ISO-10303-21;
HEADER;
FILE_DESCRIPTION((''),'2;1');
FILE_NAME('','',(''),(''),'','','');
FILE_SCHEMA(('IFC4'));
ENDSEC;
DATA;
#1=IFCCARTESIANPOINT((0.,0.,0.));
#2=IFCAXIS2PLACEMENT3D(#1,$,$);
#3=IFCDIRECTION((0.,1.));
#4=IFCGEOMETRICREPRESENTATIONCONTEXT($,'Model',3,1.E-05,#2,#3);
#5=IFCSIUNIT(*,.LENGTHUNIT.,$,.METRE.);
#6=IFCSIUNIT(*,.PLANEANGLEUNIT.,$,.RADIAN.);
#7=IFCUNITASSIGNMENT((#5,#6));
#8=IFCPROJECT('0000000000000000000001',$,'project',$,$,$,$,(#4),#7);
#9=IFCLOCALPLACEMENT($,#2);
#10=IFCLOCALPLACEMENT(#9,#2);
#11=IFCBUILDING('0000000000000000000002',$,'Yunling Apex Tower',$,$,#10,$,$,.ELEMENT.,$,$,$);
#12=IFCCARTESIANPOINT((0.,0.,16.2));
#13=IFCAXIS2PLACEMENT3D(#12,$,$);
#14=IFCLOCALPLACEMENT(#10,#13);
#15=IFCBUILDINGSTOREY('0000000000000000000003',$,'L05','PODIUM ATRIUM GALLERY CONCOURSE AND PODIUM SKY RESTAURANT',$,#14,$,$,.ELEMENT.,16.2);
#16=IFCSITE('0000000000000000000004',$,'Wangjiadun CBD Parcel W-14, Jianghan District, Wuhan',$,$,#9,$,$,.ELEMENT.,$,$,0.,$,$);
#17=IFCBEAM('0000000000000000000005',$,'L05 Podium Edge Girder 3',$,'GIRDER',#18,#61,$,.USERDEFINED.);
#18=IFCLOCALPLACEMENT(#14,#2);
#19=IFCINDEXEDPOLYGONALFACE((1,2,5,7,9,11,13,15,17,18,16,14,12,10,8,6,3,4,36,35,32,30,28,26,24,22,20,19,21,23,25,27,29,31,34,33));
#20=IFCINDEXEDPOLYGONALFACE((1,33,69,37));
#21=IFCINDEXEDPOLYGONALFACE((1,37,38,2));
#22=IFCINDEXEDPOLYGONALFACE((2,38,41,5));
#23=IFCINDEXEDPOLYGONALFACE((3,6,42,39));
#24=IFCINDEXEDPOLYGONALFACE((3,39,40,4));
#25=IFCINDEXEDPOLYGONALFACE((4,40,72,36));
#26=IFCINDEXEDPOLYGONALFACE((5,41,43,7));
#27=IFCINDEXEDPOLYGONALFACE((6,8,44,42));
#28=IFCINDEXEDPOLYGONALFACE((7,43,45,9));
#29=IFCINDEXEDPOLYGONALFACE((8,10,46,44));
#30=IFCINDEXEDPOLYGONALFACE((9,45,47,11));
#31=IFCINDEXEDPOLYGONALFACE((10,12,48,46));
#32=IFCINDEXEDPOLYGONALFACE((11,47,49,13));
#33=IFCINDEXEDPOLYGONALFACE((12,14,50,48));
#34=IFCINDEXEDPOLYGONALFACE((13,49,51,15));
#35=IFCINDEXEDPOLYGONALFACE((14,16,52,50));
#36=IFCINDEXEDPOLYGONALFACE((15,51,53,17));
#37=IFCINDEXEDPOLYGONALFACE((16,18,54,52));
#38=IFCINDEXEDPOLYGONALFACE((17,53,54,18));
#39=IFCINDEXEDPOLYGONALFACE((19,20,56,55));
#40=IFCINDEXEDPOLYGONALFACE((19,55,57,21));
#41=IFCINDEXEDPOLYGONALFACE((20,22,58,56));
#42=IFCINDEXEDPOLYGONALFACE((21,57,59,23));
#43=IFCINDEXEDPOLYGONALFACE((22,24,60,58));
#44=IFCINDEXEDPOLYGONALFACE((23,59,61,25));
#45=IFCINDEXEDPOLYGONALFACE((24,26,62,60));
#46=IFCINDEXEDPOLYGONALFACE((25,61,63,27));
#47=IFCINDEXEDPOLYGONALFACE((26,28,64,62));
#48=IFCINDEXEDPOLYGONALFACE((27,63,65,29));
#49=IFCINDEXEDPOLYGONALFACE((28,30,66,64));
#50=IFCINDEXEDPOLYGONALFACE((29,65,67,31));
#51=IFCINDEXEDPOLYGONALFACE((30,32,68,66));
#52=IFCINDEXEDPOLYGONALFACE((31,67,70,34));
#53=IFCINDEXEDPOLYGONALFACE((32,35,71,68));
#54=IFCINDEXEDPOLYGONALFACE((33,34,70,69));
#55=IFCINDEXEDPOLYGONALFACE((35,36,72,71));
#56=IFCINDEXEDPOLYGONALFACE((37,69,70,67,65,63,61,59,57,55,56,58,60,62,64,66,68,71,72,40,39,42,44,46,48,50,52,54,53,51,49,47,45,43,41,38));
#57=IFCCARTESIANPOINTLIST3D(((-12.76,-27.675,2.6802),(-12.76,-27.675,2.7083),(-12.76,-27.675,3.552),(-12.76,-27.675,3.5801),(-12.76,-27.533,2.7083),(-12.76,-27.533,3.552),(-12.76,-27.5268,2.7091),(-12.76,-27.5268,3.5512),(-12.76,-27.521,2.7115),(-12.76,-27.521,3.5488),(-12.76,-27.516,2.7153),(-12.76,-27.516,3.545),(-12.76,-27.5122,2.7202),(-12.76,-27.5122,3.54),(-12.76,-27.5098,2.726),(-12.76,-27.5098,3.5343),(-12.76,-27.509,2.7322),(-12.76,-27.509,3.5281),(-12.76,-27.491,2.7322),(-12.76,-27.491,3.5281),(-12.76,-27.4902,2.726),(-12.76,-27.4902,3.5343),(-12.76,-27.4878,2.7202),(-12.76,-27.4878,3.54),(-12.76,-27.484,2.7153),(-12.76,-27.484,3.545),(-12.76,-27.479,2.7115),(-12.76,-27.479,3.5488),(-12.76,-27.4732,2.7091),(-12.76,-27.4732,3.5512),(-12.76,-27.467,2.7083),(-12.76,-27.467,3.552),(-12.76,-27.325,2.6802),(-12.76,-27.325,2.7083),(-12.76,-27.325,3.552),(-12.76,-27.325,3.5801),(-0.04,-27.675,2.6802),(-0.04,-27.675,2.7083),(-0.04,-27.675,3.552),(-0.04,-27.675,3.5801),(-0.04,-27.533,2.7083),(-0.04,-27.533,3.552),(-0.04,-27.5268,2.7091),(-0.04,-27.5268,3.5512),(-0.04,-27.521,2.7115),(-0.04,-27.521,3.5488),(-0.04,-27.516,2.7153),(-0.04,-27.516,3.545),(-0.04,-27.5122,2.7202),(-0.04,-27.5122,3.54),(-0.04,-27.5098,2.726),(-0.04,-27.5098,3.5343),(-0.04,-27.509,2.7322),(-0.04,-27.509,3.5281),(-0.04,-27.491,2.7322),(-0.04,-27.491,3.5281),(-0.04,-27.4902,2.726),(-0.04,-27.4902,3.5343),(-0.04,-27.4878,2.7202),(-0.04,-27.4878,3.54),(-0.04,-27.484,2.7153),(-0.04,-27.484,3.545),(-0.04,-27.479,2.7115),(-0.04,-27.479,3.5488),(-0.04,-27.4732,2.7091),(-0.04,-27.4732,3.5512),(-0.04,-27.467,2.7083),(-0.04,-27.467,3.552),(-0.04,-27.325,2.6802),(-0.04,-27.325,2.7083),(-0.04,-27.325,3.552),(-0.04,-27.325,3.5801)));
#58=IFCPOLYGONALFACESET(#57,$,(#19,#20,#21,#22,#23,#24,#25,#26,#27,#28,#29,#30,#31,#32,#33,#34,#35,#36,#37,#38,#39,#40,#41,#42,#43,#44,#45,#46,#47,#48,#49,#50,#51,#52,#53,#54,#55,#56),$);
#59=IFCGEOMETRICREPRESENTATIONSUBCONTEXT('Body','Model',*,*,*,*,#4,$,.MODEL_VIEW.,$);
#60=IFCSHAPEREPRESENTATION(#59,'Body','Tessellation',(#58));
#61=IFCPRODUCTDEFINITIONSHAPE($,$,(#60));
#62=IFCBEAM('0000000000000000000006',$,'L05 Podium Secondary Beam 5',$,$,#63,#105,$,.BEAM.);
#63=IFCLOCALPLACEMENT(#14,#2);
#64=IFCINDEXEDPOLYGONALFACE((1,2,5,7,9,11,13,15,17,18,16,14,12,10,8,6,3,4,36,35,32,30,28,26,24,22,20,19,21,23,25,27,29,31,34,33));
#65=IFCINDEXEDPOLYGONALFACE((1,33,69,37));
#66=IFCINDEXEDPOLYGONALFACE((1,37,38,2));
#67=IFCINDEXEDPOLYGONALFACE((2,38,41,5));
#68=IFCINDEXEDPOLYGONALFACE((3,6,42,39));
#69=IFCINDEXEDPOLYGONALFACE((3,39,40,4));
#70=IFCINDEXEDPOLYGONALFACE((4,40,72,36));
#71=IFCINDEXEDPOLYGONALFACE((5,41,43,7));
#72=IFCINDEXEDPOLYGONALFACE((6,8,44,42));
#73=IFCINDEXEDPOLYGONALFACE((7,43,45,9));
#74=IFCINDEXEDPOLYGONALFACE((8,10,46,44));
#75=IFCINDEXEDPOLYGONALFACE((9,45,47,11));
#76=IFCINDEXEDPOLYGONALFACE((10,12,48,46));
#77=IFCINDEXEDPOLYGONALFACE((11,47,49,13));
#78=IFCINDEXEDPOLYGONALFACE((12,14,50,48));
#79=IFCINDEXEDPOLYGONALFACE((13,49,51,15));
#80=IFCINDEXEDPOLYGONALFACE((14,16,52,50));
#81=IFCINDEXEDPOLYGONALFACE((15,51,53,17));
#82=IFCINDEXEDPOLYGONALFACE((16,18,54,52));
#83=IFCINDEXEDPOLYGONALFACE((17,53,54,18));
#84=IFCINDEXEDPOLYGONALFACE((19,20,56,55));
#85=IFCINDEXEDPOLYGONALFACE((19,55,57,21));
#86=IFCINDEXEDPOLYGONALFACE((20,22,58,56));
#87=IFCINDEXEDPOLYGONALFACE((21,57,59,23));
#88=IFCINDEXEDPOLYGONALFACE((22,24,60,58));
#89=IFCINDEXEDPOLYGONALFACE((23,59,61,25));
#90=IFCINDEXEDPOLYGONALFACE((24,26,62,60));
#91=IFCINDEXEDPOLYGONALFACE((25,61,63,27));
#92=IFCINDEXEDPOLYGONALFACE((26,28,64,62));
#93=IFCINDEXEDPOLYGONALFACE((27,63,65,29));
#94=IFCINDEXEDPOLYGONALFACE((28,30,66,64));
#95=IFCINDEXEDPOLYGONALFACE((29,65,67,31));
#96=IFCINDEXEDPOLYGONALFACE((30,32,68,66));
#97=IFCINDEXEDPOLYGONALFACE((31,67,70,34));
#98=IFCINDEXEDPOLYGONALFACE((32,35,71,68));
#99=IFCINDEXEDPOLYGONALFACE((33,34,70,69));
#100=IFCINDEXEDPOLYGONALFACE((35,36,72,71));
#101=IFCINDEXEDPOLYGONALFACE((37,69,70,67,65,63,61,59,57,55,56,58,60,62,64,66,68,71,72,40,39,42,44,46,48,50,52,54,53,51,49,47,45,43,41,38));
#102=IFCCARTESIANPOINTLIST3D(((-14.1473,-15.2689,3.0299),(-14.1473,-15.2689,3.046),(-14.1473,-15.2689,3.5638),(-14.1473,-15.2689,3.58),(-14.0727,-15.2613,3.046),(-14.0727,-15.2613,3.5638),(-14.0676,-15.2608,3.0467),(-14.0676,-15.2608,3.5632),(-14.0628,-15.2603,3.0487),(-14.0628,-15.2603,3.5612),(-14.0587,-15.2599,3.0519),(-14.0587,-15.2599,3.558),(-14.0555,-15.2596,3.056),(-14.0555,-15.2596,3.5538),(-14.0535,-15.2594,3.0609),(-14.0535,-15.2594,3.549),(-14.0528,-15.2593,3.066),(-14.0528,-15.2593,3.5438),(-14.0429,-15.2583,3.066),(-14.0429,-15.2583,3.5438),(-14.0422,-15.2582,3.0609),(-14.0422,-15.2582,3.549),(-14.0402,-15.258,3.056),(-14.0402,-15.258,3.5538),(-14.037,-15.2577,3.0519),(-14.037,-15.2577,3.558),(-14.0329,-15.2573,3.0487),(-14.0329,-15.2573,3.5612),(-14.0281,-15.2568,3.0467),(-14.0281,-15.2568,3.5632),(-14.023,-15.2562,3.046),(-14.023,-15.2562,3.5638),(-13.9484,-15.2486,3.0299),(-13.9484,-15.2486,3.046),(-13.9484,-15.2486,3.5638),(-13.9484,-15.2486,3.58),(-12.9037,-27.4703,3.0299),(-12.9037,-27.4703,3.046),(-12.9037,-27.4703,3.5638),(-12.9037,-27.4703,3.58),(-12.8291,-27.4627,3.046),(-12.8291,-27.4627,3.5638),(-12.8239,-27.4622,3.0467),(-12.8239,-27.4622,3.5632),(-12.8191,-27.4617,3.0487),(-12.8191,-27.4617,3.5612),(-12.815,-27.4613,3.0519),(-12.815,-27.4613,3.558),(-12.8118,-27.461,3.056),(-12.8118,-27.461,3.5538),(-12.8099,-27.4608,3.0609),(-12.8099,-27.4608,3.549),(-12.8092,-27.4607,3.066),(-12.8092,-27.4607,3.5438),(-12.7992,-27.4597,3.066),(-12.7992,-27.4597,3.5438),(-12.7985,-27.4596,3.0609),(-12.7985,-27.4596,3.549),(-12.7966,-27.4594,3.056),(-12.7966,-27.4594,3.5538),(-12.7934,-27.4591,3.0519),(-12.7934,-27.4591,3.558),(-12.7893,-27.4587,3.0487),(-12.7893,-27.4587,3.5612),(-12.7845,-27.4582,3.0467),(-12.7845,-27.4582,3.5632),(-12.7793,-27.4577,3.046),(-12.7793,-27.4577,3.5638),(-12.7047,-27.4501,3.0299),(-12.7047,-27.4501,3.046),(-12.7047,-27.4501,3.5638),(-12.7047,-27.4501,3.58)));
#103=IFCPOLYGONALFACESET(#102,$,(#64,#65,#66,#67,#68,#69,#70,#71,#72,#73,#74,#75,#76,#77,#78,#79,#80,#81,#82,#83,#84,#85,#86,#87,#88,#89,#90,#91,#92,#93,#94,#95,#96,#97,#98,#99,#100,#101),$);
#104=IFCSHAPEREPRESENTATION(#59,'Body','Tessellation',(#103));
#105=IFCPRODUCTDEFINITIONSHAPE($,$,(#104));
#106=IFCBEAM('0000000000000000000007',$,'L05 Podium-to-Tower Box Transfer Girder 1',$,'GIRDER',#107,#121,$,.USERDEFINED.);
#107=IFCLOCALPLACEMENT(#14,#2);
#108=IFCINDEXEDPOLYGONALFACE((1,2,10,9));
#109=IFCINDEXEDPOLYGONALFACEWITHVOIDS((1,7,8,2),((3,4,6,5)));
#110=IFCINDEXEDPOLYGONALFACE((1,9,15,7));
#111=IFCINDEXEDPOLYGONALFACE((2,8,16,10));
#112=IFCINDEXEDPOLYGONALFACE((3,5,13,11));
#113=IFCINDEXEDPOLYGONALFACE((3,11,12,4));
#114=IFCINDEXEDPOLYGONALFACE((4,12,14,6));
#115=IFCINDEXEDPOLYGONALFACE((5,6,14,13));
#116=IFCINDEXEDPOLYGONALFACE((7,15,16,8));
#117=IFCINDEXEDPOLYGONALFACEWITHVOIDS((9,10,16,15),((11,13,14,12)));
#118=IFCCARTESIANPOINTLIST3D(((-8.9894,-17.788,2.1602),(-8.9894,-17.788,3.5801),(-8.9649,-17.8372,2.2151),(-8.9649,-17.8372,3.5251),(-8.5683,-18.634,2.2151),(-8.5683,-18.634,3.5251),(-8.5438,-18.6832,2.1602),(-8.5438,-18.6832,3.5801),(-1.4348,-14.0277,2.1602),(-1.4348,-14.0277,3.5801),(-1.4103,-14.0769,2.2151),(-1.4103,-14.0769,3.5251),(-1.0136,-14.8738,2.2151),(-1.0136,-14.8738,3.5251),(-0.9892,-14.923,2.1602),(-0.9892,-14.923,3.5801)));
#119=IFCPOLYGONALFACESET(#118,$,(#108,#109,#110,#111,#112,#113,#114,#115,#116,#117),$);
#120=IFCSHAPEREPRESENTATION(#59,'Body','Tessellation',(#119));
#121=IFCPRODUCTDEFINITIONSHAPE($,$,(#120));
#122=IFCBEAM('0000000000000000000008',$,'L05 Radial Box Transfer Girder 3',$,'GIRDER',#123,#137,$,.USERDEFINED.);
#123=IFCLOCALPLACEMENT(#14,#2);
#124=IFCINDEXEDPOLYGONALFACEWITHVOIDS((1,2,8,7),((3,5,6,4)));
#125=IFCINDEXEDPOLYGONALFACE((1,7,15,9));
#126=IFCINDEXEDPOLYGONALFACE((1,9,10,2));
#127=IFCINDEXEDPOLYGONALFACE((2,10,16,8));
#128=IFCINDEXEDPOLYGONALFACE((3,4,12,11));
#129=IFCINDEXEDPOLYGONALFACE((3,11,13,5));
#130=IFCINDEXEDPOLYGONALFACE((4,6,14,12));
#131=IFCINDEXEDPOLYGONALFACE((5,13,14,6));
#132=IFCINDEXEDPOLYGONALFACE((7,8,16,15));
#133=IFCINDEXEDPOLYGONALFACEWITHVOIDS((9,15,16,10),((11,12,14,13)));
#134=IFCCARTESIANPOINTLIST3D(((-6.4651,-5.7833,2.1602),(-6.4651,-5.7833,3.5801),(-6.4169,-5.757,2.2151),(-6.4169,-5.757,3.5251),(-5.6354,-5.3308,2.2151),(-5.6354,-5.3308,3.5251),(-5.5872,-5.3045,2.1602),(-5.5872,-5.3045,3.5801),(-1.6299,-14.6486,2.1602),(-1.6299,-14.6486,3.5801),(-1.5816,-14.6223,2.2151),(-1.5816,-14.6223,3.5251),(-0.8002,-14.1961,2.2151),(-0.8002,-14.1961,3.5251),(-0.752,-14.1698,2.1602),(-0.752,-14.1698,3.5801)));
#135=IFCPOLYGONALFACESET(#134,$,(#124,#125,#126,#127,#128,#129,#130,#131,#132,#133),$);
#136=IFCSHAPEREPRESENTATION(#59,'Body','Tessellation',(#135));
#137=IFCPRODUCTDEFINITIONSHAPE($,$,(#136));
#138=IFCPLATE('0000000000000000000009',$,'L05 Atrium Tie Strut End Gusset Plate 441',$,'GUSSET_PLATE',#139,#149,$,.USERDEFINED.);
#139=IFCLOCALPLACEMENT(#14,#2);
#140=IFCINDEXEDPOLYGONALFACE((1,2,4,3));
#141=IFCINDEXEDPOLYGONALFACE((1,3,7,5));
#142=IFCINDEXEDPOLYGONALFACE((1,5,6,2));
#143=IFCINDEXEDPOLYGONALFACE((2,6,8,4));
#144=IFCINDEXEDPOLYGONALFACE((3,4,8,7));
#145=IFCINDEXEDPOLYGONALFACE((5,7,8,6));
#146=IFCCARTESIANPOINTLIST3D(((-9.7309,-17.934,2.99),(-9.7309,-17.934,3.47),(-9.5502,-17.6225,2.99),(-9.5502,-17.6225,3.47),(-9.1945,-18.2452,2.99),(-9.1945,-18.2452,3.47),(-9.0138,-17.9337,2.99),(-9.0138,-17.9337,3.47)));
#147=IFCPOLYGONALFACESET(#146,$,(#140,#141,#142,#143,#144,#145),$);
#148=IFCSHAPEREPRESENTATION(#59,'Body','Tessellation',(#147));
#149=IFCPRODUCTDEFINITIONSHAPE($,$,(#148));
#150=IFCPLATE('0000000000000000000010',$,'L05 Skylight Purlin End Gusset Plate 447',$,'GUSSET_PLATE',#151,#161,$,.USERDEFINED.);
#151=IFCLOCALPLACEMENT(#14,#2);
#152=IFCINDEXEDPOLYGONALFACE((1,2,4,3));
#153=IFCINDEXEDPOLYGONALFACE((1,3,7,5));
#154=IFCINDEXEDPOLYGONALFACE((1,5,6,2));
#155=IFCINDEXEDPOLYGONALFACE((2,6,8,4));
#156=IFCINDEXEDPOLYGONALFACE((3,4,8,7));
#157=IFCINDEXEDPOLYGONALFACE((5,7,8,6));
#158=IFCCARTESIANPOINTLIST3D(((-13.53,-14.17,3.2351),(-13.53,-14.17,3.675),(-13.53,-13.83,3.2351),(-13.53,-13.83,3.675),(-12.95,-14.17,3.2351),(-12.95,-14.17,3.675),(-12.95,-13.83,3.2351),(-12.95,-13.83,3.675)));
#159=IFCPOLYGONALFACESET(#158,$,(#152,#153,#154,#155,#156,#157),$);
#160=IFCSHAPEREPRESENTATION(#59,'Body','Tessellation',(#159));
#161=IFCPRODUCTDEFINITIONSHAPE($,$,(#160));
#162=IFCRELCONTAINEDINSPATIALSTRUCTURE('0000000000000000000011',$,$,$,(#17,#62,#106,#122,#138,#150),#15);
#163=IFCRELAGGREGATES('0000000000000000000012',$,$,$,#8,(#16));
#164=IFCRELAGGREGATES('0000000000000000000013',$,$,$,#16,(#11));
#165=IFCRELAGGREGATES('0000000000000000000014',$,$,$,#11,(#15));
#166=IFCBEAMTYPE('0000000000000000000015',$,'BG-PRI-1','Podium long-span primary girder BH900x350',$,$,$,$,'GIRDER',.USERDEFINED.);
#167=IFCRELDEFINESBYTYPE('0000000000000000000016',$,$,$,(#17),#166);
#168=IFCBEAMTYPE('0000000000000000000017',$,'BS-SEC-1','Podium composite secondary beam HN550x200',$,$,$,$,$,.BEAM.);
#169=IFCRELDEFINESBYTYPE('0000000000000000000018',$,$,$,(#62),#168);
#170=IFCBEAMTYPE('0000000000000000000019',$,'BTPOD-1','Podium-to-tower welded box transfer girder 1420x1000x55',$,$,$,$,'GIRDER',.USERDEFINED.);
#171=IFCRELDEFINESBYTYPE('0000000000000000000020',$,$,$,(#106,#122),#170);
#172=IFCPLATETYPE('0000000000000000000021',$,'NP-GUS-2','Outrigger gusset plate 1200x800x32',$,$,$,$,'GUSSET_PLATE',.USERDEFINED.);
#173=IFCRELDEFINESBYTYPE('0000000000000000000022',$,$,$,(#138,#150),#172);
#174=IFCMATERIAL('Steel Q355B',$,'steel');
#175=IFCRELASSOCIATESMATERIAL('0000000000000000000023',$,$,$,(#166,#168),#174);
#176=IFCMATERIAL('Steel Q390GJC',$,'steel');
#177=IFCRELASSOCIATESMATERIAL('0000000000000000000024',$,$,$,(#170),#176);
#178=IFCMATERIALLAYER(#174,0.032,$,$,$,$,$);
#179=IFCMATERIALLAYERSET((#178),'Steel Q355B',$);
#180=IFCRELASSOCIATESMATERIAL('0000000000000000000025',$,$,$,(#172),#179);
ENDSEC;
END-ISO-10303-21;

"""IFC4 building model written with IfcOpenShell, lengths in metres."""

from ifc_helpers import new_model, si_unit, direction, frame, origin, origin_2d, place, context, subcontext, project, spatial, rectangle, hollow_rectangle, i_section, extrude, source, transform, mapped, material, layer, layer_set, material_profile, profile_set, type_object, element, save


model = new_model("IFC4")

# Units and contexts
model_context = context("Model", 3, precision=1e-05, world=origin(), true_north=direction((0.0, 1.0)))
body_context = subcontext(model_context, "Body", "Model", "MODEL_VIEW")
ifc_project = project(units=[si_unit("LENGTHUNIT", "METRE"), si_unit("PLANEANGLEUNIT", "RADIAN")], contexts=[model_context])

# Site, building, storey
site_placement = place(None, origin())
site = spatial("IfcSite", under=ifc_project, at=site_placement, Name="Wangjiadun CBD Parcel W-14, Jianghan District, Wuhan", CompositionType="ELEMENT", RefElevation=0.0)
building_placement = place(site_placement, origin())
building = spatial("IfcBuilding", under=site, at=building_placement, Name="Yunling Apex Tower", CompositionType="ELEMENT")
storey_placement = place(building_placement, frame((0.0, 0.0, 16.2)))
storey = spatial("IfcBuildingStorey", under=building, at=storey_placement, Name="L05", Description="PODIUM ATRIUM GALLERY CONCOURSE AND PODIUM SKY RESTAURANT", CompositionType="ELEMENT", Elevation=16.2)

# Beams
ifc_material_1 = material(Name="Steel Q355B", Category="steel")
ifc_material_profile_1 = material_profile(ifc_material_1, i_section(OverallWidth=0.3501, OverallDepth=0.8999, WebThickness=0.0181, FlangeThickness=0.0281, FilletRadius=0.0239, at=origin_2d()))
ifc_profile_set_1 = profile_set([ifc_material_profile_1], Name="Steel Q355B")
beam_type_1 = type_object("IfcBeamType", Name="BG-PRI-1", Description="Podium long-span primary girder BH900x350", ElementType="GIRDER", PredefinedType="USERDEFINED", material=ifc_profile_set_1)
shared_shape_1 = source(origin(), body_context, "Body", "SweptSolid", [
    extrude(i_section(OverallWidth=0.3501, OverallDepth=0.8999, WebThickness=0.0181, FlangeThickness=0.0281, FilletRadius=0.0239, at=origin_2d()), origin(), (0.0, 0.0, 1.0), 12.72),
])
beam_1_placement = place(storey_placement, frame((-12.76, -27.5, 3.1301), z_axis=(1.0, 0.0, 0.0), x_axis=(0.0, 1.0, 0.0)))
element("IfcBeam", 1, at=beam_1_placement, inside=storey, type_object=beam_type_1, Name="L05 Podium Edge Girder 3", ObjectType="GIRDER", PredefinedType="USERDEFINED", context=body_context, shape_type="MappedRepresentation", body=[
    mapped(shared_shape_1, transform((0.0, 0.0, 0.0), scale=1.0)),
])
ifc_material_profile_2 = material_profile(ifc_material_1, i_section(OverallWidth=0.2, OverallDepth=0.55, WebThickness=0.01, FlangeThickness=0.0161, FilletRadius=0.02, at=origin_2d()))
ifc_profile_set_2 = profile_set([ifc_material_profile_2], Name="Steel Q355B")
beam_type_2 = type_object("IfcBeamType", Name="BS-SEC-1", Description="Podium composite secondary beam HN550x200", PredefinedType="BEAM", material=ifc_profile_set_2)
shared_shape_2 = source(origin(), body_context, "Body", "SweptSolid", [
    extrude(i_section(OverallWidth=0.2, OverallDepth=0.55, WebThickness=0.01, FlangeThickness=0.0161, FilletRadius=0.02, at=origin_2d()), origin(), (0.0, 0.0, 1.0), 12.2646),
])
beam_2_placement = place(storey_placement, frame((-12.8042, -27.4602, 3.3049), z_axis=(-0.101402, 0.994846, 0.0), x_axis=(-0.994846, -0.101402, 0.0)))
element("IfcBeam", 2, at=beam_2_placement, inside=storey, type_object=beam_type_2, Name="L05 Podium Secondary Beam 5", PredefinedType="BEAM", context=body_context, shape_type="MappedRepresentation", body=[
    mapped(shared_shape_2, transform((0.0, 0.0, 0.0), scale=1.0)),
])
ifc_material_2 = material(Name="Steel Q390GJC", Category="steel")
ifc_material_profile_3 = material_profile(ifc_material_2, hollow_rectangle(XDim=1.0, YDim=1.4199, WallThickness=0.0549, at=origin_2d()))
ifc_profile_set_3 = profile_set([ifc_material_profile_3], Name="Steel Q390GJC")
beam_type_3 = type_object("IfcBeamType", Name="BTPOD-1", Description="Podium-to-tower welded box transfer girder 1420x1000x55", ElementType="GIRDER", PredefinedType="USERDEFINED", material=ifc_profile_set_3)
shared_shape_3 = source(origin(), body_context, "Body", "SweptSolid", [
    extrude(hollow_rectangle(XDim=1.0, YDim=1.4199, WallThickness=0.0549, at=origin_2d()), origin(), (0.0, 0.0, 1.0), 8.4387),
])
beam_3_placement = place(storey_placement, frame((-8.7666, -18.2356, 2.8701), z_axis=(0.895236, 0.445593, 0.0), x_axis=(-0.445593, 0.895236, 0.0)))
element("IfcBeam", 3, at=beam_3_placement, inside=storey, type_object=beam_type_3, Name="L05 Podium-to-Tower Box Transfer Girder 1", ObjectType="GIRDER", PredefinedType="USERDEFINED", context=body_context, shape_type="MappedRepresentation", body=[
    mapped(shared_shape_3, transform((0.0, 0.0, 0.0), scale=1.0)),
])
shared_shape_4 = source(origin(), body_context, "Body", "SweptSolid", [
    extrude(hollow_rectangle(XDim=1.0, YDim=1.4199, WallThickness=0.0549, at=origin_2d()), origin(), (0.0, 0.0, 1.0), 10.0981),
])
beam_4_placement = place(storey_placement, frame((-1.1909, -14.4092, 2.8701), z_axis=(-0.478823, 0.877911, 0.0), x_axis=(-0.877911, -0.478823, 0.0)))
element("IfcBeam", 4, at=beam_4_placement, inside=storey, type_object=beam_type_3, Name="L05 Radial Box Transfer Girder 3", ObjectType="GIRDER", PredefinedType="USERDEFINED", context=body_context, shape_type="MappedRepresentation", body=[
    mapped(shared_shape_4, transform((0.0, 0.0, 0.0), scale=1.0)),
])

# Plates
ifc_layer_1 = layer(ifc_material_1, 0.032)
ifc_layer_set_1 = layer_set([ifc_layer_1], Name="Steel Q355B")
plate_type = type_object("IfcPlateType", Name="NP-GUS-2", Description="Outrigger gusset plate 1200x800x32", ElementType="GUSSET_PLATE", PredefinedType="USERDEFINED", material=ifc_layer_set_1)
shared_shape_5 = source(origin(), body_context, "Body", "SweptSolid", [
    extrude(rectangle(XDim=0.6201, YDim=0.3601, at=origin_2d()), origin(), (0.0, 0.0, 1.0), 0.48),
])
plate_1_placement = place(storey_placement, frame((-9.3723, -17.9338, 2.99), z_axis=(0.0, 0.0, 1.0), x_axis=(0.864976, -0.501813, 0.0)))
element("IfcPlate", 5, at=plate_1_placement, inside=storey, type_object=plate_type, Name="L05 Atrium Tie Strut End Gusset Plate 441", ObjectType="GUSSET_PLATE", PredefinedType="USERDEFINED", context=body_context, shape_type="MappedRepresentation", body=[
    mapped(shared_shape_5, transform((0.0, 0.0, 0.0), scale=1.0)),
])
shared_shape_6 = source(origin(), body_context, "Body", "SweptSolid", [
    extrude(rectangle(XDim=0.5801, YDim=0.3401, at=origin_2d()), origin(), (0.0, 0.0, 1.0), 0.4399),
])
plate_2_placement = place(storey_placement, frame((-13.24, -14.0, 3.2351), z_axis=(0.0, 0.0, 1.0), x_axis=(1.0, 0.0, 0.0)))
element("IfcPlate", 6, at=plate_2_placement, inside=storey, type_object=plate_type, Name="L05 Skylight Purlin End Gusset Plate 447", ObjectType="GUSSET_PLATE", PredefinedType="USERDEFINED", context=body_context, shape_type="MappedRepresentation", body=[
    mapped(shared_shape_6, transform((0.0, 0.0, 0.0), scale=1.0)),
])

save(model, "model.ifc")
